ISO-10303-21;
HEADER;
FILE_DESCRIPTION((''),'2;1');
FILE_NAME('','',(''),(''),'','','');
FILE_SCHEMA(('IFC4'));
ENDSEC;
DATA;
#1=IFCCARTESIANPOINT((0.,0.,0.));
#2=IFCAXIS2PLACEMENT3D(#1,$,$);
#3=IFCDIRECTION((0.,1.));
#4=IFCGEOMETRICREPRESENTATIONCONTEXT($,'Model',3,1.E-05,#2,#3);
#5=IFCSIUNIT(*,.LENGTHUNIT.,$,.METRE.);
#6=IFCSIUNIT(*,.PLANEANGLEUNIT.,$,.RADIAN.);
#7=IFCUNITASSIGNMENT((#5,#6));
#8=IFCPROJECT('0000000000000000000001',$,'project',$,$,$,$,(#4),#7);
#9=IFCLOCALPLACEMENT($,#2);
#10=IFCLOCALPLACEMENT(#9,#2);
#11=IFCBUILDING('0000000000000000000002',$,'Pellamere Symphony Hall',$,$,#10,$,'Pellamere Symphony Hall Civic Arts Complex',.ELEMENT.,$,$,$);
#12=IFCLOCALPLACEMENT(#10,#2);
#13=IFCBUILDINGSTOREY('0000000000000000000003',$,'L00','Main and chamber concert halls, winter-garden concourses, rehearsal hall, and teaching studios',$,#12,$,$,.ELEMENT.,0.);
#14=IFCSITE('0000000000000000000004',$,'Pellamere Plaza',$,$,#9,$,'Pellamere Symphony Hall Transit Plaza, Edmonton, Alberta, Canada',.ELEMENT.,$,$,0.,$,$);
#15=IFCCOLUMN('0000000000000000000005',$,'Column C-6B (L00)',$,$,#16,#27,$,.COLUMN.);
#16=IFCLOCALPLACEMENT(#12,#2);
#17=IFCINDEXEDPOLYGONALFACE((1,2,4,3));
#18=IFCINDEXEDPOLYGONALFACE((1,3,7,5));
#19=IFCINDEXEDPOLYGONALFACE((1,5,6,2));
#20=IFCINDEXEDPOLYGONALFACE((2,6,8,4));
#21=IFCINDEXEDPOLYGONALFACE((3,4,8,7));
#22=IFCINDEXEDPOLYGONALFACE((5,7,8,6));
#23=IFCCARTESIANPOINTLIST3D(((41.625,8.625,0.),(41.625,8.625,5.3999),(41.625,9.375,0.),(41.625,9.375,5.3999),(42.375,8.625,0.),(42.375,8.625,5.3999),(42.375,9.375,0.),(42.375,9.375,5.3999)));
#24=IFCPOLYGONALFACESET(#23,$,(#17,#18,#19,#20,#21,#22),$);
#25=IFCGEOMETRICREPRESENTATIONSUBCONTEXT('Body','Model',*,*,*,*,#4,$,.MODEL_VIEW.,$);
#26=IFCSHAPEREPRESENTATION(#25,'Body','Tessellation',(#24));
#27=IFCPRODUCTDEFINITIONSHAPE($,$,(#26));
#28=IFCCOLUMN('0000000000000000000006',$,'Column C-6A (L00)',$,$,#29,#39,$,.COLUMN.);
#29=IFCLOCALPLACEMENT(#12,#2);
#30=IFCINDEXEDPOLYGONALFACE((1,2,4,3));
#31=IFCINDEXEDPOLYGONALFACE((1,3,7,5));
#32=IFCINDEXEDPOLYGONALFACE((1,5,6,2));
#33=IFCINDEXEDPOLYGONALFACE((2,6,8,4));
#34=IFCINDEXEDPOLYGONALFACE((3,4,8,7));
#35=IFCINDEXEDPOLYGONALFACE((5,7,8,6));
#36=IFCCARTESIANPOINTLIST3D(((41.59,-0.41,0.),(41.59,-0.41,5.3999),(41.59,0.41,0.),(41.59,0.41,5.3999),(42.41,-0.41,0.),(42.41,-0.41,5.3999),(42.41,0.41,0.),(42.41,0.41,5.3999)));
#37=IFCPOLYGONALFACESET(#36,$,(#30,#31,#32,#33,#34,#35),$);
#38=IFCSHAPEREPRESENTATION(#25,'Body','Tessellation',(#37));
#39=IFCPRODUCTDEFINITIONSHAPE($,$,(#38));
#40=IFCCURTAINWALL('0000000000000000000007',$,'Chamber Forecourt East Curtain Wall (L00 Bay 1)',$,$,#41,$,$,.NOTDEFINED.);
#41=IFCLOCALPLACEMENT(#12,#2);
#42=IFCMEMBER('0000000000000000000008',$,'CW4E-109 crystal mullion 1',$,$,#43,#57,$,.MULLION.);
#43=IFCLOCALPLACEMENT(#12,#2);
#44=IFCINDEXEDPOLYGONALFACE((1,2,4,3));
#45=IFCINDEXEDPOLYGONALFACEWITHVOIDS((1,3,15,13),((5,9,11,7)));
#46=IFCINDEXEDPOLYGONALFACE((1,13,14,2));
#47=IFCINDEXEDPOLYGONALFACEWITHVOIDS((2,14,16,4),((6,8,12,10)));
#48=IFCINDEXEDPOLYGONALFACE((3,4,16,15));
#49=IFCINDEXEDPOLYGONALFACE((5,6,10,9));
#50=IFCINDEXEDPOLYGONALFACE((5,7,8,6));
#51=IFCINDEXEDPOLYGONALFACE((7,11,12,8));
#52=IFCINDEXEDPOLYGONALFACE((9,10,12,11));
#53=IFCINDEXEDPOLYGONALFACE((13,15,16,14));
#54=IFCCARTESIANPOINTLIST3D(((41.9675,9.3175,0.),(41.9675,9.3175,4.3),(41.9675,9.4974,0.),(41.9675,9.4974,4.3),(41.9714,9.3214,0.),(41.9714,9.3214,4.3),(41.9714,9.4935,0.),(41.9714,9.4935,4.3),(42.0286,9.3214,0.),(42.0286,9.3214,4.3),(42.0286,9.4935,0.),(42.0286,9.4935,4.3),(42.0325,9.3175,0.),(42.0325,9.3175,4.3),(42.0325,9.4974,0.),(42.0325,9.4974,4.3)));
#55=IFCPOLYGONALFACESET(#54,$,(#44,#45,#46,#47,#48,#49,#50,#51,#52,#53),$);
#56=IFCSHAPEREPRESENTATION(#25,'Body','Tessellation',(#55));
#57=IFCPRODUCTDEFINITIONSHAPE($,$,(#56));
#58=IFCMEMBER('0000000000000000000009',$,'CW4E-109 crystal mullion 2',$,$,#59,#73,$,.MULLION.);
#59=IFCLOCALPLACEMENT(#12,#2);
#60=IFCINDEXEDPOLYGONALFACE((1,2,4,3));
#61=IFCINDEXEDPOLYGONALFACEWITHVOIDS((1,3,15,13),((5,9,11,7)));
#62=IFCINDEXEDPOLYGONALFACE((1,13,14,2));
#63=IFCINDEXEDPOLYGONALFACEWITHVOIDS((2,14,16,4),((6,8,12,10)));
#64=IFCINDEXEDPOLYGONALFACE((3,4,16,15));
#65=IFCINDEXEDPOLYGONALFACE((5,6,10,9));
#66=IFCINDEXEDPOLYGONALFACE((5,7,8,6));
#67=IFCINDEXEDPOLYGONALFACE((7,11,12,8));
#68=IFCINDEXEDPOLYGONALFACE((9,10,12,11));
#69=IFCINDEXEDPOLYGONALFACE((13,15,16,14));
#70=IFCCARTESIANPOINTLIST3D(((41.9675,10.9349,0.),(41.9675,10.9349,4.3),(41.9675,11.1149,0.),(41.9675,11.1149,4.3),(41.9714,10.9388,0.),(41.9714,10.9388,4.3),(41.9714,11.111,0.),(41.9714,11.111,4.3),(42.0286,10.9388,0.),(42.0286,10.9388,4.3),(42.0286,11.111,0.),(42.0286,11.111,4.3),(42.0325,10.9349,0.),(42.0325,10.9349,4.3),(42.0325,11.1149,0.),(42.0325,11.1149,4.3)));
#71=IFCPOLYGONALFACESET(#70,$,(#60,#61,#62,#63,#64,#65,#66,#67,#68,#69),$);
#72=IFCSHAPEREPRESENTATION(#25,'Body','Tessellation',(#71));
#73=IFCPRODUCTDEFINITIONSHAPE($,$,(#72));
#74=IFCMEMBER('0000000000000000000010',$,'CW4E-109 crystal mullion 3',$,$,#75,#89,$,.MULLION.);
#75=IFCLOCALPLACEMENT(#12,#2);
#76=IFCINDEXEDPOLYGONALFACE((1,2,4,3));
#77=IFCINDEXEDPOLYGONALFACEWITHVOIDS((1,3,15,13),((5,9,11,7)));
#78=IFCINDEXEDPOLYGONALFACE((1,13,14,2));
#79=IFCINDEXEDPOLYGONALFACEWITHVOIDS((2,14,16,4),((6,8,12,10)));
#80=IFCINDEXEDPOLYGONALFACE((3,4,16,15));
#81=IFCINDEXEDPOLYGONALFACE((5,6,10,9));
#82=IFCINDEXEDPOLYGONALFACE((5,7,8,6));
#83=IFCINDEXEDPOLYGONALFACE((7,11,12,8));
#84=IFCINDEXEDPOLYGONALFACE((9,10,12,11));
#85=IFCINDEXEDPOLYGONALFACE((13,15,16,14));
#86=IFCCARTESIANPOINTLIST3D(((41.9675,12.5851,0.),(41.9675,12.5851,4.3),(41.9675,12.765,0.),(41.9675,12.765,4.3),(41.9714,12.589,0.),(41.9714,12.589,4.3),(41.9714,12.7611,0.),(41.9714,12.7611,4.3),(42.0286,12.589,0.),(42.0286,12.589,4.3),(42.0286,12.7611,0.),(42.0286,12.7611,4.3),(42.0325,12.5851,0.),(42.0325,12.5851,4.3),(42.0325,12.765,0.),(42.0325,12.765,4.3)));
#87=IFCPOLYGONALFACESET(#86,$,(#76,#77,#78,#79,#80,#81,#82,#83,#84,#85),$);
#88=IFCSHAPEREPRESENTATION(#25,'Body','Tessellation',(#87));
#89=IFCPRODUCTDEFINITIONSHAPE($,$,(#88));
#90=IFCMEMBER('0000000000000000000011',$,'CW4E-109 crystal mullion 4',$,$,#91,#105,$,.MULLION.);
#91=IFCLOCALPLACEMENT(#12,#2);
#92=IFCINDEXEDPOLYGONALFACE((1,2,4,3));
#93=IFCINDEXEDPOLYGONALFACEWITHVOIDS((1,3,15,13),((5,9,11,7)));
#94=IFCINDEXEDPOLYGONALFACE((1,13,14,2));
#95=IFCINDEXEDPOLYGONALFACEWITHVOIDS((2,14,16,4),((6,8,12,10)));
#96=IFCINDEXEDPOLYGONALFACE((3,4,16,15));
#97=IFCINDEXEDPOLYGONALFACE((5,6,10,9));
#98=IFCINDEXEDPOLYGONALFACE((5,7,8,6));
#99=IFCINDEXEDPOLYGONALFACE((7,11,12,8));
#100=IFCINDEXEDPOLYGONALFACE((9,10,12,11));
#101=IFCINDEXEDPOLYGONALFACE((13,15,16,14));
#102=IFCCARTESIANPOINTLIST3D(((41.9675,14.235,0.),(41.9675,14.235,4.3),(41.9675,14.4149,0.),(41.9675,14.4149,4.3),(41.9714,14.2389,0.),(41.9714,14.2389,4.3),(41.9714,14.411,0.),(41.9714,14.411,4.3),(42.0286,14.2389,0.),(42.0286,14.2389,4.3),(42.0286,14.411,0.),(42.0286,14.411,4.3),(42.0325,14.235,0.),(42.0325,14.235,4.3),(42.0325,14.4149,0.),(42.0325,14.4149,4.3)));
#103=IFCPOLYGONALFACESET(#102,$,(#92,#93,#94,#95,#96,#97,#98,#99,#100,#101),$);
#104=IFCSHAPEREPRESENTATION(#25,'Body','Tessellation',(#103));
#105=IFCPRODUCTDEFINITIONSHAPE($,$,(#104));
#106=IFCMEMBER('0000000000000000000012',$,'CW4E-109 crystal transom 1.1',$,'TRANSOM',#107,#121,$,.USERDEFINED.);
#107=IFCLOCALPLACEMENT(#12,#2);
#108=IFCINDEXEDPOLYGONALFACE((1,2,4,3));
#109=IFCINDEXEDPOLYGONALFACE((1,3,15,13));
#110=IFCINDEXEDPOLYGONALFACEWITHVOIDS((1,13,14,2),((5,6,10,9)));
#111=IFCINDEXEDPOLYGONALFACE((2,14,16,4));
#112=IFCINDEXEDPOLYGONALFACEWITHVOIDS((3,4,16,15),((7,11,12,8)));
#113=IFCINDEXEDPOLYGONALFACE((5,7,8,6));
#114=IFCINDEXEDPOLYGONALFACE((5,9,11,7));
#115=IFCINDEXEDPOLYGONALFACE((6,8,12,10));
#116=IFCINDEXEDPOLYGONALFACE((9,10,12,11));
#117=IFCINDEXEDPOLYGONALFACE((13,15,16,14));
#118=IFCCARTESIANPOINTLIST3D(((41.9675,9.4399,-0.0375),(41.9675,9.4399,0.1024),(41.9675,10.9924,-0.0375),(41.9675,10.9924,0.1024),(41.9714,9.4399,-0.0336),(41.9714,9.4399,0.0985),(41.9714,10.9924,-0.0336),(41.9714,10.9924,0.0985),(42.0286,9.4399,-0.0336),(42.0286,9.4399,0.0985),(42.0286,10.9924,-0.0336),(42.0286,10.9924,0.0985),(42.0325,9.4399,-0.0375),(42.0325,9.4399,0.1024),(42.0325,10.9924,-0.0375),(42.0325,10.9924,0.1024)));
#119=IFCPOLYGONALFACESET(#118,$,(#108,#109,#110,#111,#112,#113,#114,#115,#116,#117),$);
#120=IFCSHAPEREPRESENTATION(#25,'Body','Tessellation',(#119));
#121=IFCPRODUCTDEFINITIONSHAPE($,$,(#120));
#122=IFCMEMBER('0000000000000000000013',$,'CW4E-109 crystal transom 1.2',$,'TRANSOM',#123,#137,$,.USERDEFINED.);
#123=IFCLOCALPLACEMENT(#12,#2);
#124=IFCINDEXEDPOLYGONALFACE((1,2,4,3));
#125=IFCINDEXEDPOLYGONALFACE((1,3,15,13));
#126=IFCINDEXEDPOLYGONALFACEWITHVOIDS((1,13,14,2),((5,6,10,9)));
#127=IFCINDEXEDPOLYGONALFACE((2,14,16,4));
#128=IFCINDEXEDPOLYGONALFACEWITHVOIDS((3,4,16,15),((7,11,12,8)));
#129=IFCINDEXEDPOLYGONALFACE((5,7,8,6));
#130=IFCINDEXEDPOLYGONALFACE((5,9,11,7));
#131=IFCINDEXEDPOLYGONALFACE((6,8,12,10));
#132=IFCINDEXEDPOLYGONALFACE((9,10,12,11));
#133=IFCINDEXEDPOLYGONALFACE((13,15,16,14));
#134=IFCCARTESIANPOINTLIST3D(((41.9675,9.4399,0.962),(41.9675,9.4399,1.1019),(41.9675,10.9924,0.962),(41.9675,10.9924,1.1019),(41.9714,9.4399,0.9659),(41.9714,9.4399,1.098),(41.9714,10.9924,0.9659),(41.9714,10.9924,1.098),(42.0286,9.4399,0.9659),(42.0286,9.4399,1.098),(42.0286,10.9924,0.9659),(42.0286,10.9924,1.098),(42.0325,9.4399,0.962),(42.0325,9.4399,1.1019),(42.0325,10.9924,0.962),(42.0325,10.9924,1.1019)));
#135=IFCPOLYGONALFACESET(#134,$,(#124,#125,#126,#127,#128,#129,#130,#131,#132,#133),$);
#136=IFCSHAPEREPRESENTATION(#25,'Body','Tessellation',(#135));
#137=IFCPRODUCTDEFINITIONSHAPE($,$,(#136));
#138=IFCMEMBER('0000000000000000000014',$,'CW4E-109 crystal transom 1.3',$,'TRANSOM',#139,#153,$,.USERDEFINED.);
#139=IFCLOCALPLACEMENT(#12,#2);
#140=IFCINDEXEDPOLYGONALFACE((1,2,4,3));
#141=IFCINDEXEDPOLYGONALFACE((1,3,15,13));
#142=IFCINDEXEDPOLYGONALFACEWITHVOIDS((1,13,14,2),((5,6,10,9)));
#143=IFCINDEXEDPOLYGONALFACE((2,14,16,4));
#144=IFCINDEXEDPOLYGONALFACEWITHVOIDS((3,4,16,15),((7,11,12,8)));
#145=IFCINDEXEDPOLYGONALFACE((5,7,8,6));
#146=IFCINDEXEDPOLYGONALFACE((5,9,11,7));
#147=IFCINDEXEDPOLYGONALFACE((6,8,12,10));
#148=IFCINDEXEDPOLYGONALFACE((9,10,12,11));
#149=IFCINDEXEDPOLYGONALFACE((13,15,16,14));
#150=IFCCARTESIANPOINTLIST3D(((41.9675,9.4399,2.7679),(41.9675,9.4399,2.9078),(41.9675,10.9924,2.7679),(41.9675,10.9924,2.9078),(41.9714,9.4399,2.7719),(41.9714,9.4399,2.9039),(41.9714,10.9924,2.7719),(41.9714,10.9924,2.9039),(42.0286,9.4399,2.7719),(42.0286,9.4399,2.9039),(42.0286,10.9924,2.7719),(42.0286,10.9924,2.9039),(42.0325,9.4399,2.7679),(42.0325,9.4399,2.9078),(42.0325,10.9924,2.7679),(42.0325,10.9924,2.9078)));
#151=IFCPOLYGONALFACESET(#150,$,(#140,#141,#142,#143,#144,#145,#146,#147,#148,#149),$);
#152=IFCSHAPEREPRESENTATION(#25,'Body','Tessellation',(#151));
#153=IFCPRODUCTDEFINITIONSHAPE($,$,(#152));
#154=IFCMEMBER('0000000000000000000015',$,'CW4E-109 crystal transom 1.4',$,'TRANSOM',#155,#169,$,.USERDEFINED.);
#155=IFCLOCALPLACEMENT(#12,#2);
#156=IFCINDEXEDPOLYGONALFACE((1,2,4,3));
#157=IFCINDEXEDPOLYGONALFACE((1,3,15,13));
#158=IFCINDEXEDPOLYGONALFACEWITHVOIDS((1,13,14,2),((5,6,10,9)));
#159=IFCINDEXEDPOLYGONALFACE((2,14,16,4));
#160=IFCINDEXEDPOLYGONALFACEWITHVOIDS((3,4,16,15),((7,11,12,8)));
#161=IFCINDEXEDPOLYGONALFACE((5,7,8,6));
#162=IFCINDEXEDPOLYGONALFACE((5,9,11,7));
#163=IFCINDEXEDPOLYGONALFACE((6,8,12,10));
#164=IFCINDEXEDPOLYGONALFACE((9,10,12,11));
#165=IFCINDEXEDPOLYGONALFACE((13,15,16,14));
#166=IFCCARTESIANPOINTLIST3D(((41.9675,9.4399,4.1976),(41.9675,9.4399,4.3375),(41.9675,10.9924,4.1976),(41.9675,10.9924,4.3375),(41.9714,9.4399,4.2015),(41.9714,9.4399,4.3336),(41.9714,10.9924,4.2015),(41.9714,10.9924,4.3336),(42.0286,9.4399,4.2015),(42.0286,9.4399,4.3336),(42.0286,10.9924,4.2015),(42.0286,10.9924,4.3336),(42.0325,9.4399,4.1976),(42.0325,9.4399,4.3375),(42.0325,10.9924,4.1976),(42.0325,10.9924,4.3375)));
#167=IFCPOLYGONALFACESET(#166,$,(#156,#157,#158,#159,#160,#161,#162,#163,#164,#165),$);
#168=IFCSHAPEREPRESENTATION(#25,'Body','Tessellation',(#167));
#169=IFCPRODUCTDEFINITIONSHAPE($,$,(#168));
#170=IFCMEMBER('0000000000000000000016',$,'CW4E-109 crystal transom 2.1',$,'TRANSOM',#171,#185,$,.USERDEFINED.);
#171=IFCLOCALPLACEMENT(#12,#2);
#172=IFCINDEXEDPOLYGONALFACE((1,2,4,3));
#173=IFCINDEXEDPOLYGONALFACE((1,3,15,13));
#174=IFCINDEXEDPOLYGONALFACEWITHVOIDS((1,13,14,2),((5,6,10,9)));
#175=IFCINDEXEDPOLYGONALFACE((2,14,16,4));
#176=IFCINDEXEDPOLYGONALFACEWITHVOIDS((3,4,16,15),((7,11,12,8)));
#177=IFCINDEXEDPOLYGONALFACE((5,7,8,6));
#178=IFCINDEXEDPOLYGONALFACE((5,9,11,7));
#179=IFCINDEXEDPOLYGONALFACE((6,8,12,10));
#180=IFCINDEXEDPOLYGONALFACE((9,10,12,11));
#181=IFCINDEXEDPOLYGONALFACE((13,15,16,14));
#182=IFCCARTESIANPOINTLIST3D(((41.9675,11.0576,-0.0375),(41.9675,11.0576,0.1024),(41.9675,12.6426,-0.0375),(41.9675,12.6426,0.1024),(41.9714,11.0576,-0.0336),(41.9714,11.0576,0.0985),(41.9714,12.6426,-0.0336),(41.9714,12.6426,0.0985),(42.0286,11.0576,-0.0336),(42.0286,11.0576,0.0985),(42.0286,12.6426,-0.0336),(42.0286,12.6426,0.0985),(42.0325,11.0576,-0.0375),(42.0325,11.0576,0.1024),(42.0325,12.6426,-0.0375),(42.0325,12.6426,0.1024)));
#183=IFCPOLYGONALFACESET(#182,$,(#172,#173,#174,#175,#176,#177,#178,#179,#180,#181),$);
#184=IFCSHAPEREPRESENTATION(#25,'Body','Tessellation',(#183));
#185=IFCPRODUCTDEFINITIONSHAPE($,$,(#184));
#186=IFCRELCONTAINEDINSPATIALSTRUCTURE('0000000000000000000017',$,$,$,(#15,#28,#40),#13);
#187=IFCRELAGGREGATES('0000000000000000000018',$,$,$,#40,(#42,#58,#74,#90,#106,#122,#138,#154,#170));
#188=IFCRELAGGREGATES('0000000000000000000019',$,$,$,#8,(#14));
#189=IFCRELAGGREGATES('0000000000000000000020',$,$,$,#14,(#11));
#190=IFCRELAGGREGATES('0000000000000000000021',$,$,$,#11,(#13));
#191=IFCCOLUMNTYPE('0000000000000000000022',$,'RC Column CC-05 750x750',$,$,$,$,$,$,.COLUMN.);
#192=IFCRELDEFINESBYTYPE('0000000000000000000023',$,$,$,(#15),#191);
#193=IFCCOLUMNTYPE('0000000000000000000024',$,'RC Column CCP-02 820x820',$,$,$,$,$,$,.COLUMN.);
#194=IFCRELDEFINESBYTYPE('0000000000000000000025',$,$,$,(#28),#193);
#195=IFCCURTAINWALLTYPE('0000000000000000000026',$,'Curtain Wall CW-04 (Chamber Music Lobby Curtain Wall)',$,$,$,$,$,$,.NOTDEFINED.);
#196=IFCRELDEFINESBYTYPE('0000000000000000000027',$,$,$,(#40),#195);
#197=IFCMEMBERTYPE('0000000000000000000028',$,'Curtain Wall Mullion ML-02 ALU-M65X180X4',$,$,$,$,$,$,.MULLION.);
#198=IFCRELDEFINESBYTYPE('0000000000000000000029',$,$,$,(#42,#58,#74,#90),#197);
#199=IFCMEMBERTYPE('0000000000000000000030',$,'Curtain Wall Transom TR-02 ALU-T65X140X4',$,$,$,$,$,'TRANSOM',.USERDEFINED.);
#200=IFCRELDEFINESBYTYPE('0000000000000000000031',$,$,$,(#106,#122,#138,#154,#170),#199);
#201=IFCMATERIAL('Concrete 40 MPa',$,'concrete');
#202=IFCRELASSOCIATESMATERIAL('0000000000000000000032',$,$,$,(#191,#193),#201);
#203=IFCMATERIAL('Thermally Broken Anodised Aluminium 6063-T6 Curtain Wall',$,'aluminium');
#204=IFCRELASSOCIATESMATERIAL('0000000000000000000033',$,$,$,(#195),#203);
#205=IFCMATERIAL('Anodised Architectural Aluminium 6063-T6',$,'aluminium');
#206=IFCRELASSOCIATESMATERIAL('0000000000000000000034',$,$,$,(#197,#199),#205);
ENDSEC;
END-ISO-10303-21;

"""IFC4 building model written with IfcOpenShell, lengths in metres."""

from ifc_helpers import new_model, si_unit, direction, frame, origin, origin_2d, place, context, subcontext, project, spatial, rectangle, hollow_rectangle, extrude, material, material_profile, profile_set, type_object, element, aggregate, save


model = new_model("IFC4")

# Units and contexts
model_context = context("Model", 3, precision=1e-05, world=origin(), true_north=direction((0.0, 1.0)))
body_context = subcontext(model_context, "Body", "Model", "MODEL_VIEW")
ifc_project = project(units=[si_unit("LENGTHUNIT", "METRE"), si_unit("PLANEANGLEUNIT", "RADIAN")], contexts=[model_context])

# Site, building, storey
site_placement = place(None, origin())
site = spatial("IfcSite", under=ifc_project, at=site_placement, Name="Pellamere Plaza", LongName="Pellamere Symphony Hall Transit Plaza, Edmonton, Alberta, Canada", CompositionType="ELEMENT", RefElevation=0.0)
building_placement = place(site_placement, origin())
building = spatial("IfcBuilding", under=site, at=building_placement, Name="Pellamere Symphony Hall", LongName="Pellamere Symphony Hall Civic Arts Complex", CompositionType="ELEMENT")
storey_placement = place(building_placement, origin())
storey = spatial("IfcBuildingStorey", under=building, at=storey_placement, Name="L00", Description="Main and chamber concert halls, winter-garden concourses, rehearsal hall, and teaching studios", CompositionType="ELEMENT", Elevation=0.0)

# Columns
ifc_material_1 = material(Name="Concrete 40 MPa", Category="concrete")
ifc_material_profile_1 = material_profile(ifc_material_1, rectangle(XDim=0.75, YDim=0.75, at=origin_2d()), Name="RC 750x750")
ifc_profile_set_1 = profile_set([ifc_material_profile_1], Name="Concrete 40 MPa")
column_type_1 = type_object("IfcColumnType", Name="RC Column CC-05 750x750", PredefinedType="COLUMN", material=ifc_profile_set_1)
column_1_placement = place(storey_placement, frame((42.0, 9.0, 0.0), z_axis=(0.0, 0.0, 1.0), x_axis=(1.0, 0.0, 0.0)))
element("IfcColumn", 1, at=column_1_placement, inside=storey, type_object=column_type_1, Name="Column C-6B (L00)", PredefinedType="COLUMN", context=body_context, shape_type="SweptSolid", body=[
    extrude(rectangle(XDim=0.75, YDim=0.75, at=origin_2d()), origin(), (0.0, 0.0, 1.0), 5.3999),
])
ifc_material_profile_2 = material_profile(ifc_material_1, rectangle(XDim=0.8201, YDim=0.8201, at=origin_2d()), Name="RC 820x820")
ifc_profile_set_2 = profile_set([ifc_material_profile_2], Name="Concrete 40 MPa")
column_type_2 = type_object("IfcColumnType", Name="RC Column CCP-02 820x820", PredefinedType="COLUMN", material=ifc_profile_set_2)
column_2_placement = place(storey_placement, frame((42.0, 0.0, 0.0), z_axis=(0.0, 0.0, 1.0), x_axis=(1.0, 0.0, 0.0)))
element("IfcColumn", 2, at=column_2_placement, inside=storey, type_object=column_type_2, Name="Column C-6A (L00)", PredefinedType="COLUMN", context=body_context, shape_type="SweptSolid", body=[
    extrude(rectangle(XDim=0.8201, YDim=0.8201, at=origin_2d()), origin(), (0.0, 0.0, 1.0), 5.3999),
])

# Curtain wall, members
ifc_material_2 = material(Name="Thermally Broken Anodised Aluminium 6063-T6 Curtain Wall", Category="aluminium")
curtain_wall_type = type_object("IfcCurtainWallType", Name="Curtain Wall CW-04 (Chamber Music Lobby Curtain Wall)", PredefinedType="NOTDEFINED", material=ifc_material_2)
curtain_wall_placement = place(storey_placement, origin())
curtain_wall = element("IfcCurtainWall", 3, at=curtain_wall_placement, inside=storey, type_object=curtain_wall_type, Name="Chamber Forecourt East Curtain Wall (L00 Bay 1)", PredefinedType="NOTDEFINED")
ifc_material_3 = material(Name="Anodised Architectural Aluminium 6063-T6", Category="aluminium")
ifc_material_profile_3 = material_profile(ifc_material_3, hollow_rectangle(XDim=0.0649, YDim=0.1799, WallThickness=0.0039, at=origin_2d()), Name="ALU-M65X180X4")
ifc_profile_set_3 = profile_set([ifc_material_profile_3], Name="Anodised Architectural Aluminium 6063-T6")
member_type_1 = type_object("IfcMemberType", Name="Curtain Wall Mullion ML-02 ALU-M65X180X4", PredefinedType="MULLION", material=ifc_profile_set_3)
member_1_placement = place(storey_placement, frame((42.0, 9.4075, 0.0), z_axis=(0.0, 0.0, 1.0), x_axis=(-1.0, 0.0, 0.0)))
member_1 = element("IfcMember", 4, at=member_1_placement, type_object=member_type_1, Name="CW4E-109 crystal mullion 1", PredefinedType="MULLION", context=body_context, shape_type="SweptSolid", body=[
    extrude(hollow_rectangle(XDim=0.0649, YDim=0.1799, WallThickness=0.0039, at=origin_2d()), origin(), (0.0, 0.0, 1.0), 4.3),
])
member_2_placement = place(storey_placement, frame((42.0, 11.0249, 0.0), z_axis=(0.0, 0.0, 1.0), x_axis=(-1.0, 0.0, 0.0)))
member_2 = element("IfcMember", 5, at=member_2_placement, type_object=member_type_1, Name="CW4E-109 crystal mullion 2", PredefinedType="MULLION", context=body_context, shape_type="SweptSolid", body=[
    extrude(hollow_rectangle(XDim=0.0649, YDim=0.1799, WallThickness=0.0039, at=origin_2d()), origin(), (0.0, 0.0, 1.0), 4.3),
])
member_3_placement = place(storey_placement, frame((42.0, 12.675, 0.0), z_axis=(0.0, 0.0, 1.0), x_axis=(-1.0, 0.0, 0.0)))
member_3 = element("IfcMember", 6, at=member_3_placement, type_object=member_type_1, Name="CW4E-109 crystal mullion 3", PredefinedType="MULLION", context=body_context, shape_type="SweptSolid", body=[
    extrude(hollow_rectangle(XDim=0.0649, YDim=0.1799, WallThickness=0.0039, at=origin_2d()), origin(), (0.0, 0.0, 1.0), 4.3),
])
member_4_placement = place(storey_placement, frame((42.0, 14.325, 0.0), z_axis=(0.0, 0.0, 1.0), x_axis=(-1.0, 0.0, 0.0)))
member_4 = element("IfcMember", 7, at=member_4_placement, type_object=member_type_1, Name="CW4E-109 crystal mullion 4", PredefinedType="MULLION", context=body_context, shape_type="SweptSolid", body=[
    extrude(hollow_rectangle(XDim=0.0649, YDim=0.1799, WallThickness=0.0039, at=origin_2d()), origin(), (0.0, 0.0, 1.0), 4.3),
])
ifc_material_profile_4 = material_profile(ifc_material_3, hollow_rectangle(XDim=0.0649, YDim=0.1399, WallThickness=0.0039, at=origin_2d()), Name="ALU-T65X140X4")
ifc_profile_set_4 = profile_set([ifc_material_profile_4], Name="Anodised Architectural Aluminium 6063-T6")
member_type_2 = type_object("IfcMemberType", Name="Curtain Wall Transom TR-02 ALU-T65X140X4", ElementType="TRANSOM", PredefinedType="USERDEFINED", material=ifc_profile_set_4)
member_5_placement = place(storey_placement, frame((42.0, 9.4399, 0.0325), z_axis=(0.0, 1.0, 0.0), x_axis=(-1.0, 0.0, 0.0)))
member_5 = element("IfcMember", 8, at=member_5_placement, type_object=member_type_2, Name="CW4E-109 crystal transom 1.1", ObjectType="TRANSOM", PredefinedType="USERDEFINED", context=body_context, shape_type="SweptSolid", body=[
    extrude(hollow_rectangle(XDim=0.0649, YDim=0.1399, WallThickness=0.0039, at=origin_2d()), origin(), (0.0, 0.0, 1.0), 1.5525),
])
member_6_placement = place(storey_placement, frame((42.0, 9.4399, 1.032), z_axis=(0.0, 1.0, 0.0), x_axis=(-1.0, 0.0, 0.0)))
member_6 = element("IfcMember", 9, at=member_6_placement, type_object=member_type_2, Name="CW4E-109 crystal transom 1.2", ObjectType="TRANSOM", PredefinedType="USERDEFINED", context=body_context, shape_type="SweptSolid", body=[
    extrude(hollow_rectangle(XDim=0.0649, YDim=0.1399, WallThickness=0.0039, at=origin_2d()), origin(), (0.0, 0.0, 1.0), 1.5525),
])
member_7_placement = place(storey_placement, frame((42.0, 9.4399, 2.8379), z_axis=(0.0, 1.0, 0.0), x_axis=(-1.0, 0.0, 0.0)))
member_7 = element("IfcMember", 10, at=member_7_placement, type_object=member_type_2, Name="CW4E-109 crystal transom 1.3", ObjectType="TRANSOM", PredefinedType="USERDEFINED", context=body_context, shape_type="SweptSolid", body=[
    extrude(hollow_rectangle(XDim=0.0649, YDim=0.1399, WallThickness=0.0039, at=origin_2d()), origin(), (0.0, 0.0, 1.0), 1.5525),
])
member_8_placement = place(storey_placement, frame((42.0, 9.4399, 4.2676), z_axis=(0.0, 1.0, 0.0), x_axis=(-1.0, 0.0, 0.0)))
member_8 = element("IfcMember", 11, at=member_8_placement, type_object=member_type_2, Name="CW4E-109 crystal transom 1.4", ObjectType="TRANSOM", PredefinedType="USERDEFINED", context=body_context, shape_type="SweptSolid", body=[
    extrude(hollow_rectangle(XDim=0.0649, YDim=0.1399, WallThickness=0.0039, at=origin_2d()), origin(), (0.0, 0.0, 1.0), 1.5525),
])
member_9_placement = place(storey_placement, frame((42.0, 11.0576, 0.0325), z_axis=(0.0, 1.0, 0.0), x_axis=(-1.0, 0.0, 0.0)))
member_9 = element("IfcMember", 12, at=member_9_placement, type_object=member_type_2, Name="CW4E-109 crystal transom 2.1", ObjectType="TRANSOM", PredefinedType="USERDEFINED", context=body_context, shape_type="SweptSolid", body=[
    extrude(hollow_rectangle(XDim=0.0649, YDim=0.1399, WallThickness=0.0039, at=origin_2d()), origin(), (0.0, 0.0, 1.0), 1.585),
])

aggregate(curtain_wall, [member_1, member_2, member_3, member_4, member_5, member_6, member_7, member_8, member_9])

save(model, "model.ifc")
